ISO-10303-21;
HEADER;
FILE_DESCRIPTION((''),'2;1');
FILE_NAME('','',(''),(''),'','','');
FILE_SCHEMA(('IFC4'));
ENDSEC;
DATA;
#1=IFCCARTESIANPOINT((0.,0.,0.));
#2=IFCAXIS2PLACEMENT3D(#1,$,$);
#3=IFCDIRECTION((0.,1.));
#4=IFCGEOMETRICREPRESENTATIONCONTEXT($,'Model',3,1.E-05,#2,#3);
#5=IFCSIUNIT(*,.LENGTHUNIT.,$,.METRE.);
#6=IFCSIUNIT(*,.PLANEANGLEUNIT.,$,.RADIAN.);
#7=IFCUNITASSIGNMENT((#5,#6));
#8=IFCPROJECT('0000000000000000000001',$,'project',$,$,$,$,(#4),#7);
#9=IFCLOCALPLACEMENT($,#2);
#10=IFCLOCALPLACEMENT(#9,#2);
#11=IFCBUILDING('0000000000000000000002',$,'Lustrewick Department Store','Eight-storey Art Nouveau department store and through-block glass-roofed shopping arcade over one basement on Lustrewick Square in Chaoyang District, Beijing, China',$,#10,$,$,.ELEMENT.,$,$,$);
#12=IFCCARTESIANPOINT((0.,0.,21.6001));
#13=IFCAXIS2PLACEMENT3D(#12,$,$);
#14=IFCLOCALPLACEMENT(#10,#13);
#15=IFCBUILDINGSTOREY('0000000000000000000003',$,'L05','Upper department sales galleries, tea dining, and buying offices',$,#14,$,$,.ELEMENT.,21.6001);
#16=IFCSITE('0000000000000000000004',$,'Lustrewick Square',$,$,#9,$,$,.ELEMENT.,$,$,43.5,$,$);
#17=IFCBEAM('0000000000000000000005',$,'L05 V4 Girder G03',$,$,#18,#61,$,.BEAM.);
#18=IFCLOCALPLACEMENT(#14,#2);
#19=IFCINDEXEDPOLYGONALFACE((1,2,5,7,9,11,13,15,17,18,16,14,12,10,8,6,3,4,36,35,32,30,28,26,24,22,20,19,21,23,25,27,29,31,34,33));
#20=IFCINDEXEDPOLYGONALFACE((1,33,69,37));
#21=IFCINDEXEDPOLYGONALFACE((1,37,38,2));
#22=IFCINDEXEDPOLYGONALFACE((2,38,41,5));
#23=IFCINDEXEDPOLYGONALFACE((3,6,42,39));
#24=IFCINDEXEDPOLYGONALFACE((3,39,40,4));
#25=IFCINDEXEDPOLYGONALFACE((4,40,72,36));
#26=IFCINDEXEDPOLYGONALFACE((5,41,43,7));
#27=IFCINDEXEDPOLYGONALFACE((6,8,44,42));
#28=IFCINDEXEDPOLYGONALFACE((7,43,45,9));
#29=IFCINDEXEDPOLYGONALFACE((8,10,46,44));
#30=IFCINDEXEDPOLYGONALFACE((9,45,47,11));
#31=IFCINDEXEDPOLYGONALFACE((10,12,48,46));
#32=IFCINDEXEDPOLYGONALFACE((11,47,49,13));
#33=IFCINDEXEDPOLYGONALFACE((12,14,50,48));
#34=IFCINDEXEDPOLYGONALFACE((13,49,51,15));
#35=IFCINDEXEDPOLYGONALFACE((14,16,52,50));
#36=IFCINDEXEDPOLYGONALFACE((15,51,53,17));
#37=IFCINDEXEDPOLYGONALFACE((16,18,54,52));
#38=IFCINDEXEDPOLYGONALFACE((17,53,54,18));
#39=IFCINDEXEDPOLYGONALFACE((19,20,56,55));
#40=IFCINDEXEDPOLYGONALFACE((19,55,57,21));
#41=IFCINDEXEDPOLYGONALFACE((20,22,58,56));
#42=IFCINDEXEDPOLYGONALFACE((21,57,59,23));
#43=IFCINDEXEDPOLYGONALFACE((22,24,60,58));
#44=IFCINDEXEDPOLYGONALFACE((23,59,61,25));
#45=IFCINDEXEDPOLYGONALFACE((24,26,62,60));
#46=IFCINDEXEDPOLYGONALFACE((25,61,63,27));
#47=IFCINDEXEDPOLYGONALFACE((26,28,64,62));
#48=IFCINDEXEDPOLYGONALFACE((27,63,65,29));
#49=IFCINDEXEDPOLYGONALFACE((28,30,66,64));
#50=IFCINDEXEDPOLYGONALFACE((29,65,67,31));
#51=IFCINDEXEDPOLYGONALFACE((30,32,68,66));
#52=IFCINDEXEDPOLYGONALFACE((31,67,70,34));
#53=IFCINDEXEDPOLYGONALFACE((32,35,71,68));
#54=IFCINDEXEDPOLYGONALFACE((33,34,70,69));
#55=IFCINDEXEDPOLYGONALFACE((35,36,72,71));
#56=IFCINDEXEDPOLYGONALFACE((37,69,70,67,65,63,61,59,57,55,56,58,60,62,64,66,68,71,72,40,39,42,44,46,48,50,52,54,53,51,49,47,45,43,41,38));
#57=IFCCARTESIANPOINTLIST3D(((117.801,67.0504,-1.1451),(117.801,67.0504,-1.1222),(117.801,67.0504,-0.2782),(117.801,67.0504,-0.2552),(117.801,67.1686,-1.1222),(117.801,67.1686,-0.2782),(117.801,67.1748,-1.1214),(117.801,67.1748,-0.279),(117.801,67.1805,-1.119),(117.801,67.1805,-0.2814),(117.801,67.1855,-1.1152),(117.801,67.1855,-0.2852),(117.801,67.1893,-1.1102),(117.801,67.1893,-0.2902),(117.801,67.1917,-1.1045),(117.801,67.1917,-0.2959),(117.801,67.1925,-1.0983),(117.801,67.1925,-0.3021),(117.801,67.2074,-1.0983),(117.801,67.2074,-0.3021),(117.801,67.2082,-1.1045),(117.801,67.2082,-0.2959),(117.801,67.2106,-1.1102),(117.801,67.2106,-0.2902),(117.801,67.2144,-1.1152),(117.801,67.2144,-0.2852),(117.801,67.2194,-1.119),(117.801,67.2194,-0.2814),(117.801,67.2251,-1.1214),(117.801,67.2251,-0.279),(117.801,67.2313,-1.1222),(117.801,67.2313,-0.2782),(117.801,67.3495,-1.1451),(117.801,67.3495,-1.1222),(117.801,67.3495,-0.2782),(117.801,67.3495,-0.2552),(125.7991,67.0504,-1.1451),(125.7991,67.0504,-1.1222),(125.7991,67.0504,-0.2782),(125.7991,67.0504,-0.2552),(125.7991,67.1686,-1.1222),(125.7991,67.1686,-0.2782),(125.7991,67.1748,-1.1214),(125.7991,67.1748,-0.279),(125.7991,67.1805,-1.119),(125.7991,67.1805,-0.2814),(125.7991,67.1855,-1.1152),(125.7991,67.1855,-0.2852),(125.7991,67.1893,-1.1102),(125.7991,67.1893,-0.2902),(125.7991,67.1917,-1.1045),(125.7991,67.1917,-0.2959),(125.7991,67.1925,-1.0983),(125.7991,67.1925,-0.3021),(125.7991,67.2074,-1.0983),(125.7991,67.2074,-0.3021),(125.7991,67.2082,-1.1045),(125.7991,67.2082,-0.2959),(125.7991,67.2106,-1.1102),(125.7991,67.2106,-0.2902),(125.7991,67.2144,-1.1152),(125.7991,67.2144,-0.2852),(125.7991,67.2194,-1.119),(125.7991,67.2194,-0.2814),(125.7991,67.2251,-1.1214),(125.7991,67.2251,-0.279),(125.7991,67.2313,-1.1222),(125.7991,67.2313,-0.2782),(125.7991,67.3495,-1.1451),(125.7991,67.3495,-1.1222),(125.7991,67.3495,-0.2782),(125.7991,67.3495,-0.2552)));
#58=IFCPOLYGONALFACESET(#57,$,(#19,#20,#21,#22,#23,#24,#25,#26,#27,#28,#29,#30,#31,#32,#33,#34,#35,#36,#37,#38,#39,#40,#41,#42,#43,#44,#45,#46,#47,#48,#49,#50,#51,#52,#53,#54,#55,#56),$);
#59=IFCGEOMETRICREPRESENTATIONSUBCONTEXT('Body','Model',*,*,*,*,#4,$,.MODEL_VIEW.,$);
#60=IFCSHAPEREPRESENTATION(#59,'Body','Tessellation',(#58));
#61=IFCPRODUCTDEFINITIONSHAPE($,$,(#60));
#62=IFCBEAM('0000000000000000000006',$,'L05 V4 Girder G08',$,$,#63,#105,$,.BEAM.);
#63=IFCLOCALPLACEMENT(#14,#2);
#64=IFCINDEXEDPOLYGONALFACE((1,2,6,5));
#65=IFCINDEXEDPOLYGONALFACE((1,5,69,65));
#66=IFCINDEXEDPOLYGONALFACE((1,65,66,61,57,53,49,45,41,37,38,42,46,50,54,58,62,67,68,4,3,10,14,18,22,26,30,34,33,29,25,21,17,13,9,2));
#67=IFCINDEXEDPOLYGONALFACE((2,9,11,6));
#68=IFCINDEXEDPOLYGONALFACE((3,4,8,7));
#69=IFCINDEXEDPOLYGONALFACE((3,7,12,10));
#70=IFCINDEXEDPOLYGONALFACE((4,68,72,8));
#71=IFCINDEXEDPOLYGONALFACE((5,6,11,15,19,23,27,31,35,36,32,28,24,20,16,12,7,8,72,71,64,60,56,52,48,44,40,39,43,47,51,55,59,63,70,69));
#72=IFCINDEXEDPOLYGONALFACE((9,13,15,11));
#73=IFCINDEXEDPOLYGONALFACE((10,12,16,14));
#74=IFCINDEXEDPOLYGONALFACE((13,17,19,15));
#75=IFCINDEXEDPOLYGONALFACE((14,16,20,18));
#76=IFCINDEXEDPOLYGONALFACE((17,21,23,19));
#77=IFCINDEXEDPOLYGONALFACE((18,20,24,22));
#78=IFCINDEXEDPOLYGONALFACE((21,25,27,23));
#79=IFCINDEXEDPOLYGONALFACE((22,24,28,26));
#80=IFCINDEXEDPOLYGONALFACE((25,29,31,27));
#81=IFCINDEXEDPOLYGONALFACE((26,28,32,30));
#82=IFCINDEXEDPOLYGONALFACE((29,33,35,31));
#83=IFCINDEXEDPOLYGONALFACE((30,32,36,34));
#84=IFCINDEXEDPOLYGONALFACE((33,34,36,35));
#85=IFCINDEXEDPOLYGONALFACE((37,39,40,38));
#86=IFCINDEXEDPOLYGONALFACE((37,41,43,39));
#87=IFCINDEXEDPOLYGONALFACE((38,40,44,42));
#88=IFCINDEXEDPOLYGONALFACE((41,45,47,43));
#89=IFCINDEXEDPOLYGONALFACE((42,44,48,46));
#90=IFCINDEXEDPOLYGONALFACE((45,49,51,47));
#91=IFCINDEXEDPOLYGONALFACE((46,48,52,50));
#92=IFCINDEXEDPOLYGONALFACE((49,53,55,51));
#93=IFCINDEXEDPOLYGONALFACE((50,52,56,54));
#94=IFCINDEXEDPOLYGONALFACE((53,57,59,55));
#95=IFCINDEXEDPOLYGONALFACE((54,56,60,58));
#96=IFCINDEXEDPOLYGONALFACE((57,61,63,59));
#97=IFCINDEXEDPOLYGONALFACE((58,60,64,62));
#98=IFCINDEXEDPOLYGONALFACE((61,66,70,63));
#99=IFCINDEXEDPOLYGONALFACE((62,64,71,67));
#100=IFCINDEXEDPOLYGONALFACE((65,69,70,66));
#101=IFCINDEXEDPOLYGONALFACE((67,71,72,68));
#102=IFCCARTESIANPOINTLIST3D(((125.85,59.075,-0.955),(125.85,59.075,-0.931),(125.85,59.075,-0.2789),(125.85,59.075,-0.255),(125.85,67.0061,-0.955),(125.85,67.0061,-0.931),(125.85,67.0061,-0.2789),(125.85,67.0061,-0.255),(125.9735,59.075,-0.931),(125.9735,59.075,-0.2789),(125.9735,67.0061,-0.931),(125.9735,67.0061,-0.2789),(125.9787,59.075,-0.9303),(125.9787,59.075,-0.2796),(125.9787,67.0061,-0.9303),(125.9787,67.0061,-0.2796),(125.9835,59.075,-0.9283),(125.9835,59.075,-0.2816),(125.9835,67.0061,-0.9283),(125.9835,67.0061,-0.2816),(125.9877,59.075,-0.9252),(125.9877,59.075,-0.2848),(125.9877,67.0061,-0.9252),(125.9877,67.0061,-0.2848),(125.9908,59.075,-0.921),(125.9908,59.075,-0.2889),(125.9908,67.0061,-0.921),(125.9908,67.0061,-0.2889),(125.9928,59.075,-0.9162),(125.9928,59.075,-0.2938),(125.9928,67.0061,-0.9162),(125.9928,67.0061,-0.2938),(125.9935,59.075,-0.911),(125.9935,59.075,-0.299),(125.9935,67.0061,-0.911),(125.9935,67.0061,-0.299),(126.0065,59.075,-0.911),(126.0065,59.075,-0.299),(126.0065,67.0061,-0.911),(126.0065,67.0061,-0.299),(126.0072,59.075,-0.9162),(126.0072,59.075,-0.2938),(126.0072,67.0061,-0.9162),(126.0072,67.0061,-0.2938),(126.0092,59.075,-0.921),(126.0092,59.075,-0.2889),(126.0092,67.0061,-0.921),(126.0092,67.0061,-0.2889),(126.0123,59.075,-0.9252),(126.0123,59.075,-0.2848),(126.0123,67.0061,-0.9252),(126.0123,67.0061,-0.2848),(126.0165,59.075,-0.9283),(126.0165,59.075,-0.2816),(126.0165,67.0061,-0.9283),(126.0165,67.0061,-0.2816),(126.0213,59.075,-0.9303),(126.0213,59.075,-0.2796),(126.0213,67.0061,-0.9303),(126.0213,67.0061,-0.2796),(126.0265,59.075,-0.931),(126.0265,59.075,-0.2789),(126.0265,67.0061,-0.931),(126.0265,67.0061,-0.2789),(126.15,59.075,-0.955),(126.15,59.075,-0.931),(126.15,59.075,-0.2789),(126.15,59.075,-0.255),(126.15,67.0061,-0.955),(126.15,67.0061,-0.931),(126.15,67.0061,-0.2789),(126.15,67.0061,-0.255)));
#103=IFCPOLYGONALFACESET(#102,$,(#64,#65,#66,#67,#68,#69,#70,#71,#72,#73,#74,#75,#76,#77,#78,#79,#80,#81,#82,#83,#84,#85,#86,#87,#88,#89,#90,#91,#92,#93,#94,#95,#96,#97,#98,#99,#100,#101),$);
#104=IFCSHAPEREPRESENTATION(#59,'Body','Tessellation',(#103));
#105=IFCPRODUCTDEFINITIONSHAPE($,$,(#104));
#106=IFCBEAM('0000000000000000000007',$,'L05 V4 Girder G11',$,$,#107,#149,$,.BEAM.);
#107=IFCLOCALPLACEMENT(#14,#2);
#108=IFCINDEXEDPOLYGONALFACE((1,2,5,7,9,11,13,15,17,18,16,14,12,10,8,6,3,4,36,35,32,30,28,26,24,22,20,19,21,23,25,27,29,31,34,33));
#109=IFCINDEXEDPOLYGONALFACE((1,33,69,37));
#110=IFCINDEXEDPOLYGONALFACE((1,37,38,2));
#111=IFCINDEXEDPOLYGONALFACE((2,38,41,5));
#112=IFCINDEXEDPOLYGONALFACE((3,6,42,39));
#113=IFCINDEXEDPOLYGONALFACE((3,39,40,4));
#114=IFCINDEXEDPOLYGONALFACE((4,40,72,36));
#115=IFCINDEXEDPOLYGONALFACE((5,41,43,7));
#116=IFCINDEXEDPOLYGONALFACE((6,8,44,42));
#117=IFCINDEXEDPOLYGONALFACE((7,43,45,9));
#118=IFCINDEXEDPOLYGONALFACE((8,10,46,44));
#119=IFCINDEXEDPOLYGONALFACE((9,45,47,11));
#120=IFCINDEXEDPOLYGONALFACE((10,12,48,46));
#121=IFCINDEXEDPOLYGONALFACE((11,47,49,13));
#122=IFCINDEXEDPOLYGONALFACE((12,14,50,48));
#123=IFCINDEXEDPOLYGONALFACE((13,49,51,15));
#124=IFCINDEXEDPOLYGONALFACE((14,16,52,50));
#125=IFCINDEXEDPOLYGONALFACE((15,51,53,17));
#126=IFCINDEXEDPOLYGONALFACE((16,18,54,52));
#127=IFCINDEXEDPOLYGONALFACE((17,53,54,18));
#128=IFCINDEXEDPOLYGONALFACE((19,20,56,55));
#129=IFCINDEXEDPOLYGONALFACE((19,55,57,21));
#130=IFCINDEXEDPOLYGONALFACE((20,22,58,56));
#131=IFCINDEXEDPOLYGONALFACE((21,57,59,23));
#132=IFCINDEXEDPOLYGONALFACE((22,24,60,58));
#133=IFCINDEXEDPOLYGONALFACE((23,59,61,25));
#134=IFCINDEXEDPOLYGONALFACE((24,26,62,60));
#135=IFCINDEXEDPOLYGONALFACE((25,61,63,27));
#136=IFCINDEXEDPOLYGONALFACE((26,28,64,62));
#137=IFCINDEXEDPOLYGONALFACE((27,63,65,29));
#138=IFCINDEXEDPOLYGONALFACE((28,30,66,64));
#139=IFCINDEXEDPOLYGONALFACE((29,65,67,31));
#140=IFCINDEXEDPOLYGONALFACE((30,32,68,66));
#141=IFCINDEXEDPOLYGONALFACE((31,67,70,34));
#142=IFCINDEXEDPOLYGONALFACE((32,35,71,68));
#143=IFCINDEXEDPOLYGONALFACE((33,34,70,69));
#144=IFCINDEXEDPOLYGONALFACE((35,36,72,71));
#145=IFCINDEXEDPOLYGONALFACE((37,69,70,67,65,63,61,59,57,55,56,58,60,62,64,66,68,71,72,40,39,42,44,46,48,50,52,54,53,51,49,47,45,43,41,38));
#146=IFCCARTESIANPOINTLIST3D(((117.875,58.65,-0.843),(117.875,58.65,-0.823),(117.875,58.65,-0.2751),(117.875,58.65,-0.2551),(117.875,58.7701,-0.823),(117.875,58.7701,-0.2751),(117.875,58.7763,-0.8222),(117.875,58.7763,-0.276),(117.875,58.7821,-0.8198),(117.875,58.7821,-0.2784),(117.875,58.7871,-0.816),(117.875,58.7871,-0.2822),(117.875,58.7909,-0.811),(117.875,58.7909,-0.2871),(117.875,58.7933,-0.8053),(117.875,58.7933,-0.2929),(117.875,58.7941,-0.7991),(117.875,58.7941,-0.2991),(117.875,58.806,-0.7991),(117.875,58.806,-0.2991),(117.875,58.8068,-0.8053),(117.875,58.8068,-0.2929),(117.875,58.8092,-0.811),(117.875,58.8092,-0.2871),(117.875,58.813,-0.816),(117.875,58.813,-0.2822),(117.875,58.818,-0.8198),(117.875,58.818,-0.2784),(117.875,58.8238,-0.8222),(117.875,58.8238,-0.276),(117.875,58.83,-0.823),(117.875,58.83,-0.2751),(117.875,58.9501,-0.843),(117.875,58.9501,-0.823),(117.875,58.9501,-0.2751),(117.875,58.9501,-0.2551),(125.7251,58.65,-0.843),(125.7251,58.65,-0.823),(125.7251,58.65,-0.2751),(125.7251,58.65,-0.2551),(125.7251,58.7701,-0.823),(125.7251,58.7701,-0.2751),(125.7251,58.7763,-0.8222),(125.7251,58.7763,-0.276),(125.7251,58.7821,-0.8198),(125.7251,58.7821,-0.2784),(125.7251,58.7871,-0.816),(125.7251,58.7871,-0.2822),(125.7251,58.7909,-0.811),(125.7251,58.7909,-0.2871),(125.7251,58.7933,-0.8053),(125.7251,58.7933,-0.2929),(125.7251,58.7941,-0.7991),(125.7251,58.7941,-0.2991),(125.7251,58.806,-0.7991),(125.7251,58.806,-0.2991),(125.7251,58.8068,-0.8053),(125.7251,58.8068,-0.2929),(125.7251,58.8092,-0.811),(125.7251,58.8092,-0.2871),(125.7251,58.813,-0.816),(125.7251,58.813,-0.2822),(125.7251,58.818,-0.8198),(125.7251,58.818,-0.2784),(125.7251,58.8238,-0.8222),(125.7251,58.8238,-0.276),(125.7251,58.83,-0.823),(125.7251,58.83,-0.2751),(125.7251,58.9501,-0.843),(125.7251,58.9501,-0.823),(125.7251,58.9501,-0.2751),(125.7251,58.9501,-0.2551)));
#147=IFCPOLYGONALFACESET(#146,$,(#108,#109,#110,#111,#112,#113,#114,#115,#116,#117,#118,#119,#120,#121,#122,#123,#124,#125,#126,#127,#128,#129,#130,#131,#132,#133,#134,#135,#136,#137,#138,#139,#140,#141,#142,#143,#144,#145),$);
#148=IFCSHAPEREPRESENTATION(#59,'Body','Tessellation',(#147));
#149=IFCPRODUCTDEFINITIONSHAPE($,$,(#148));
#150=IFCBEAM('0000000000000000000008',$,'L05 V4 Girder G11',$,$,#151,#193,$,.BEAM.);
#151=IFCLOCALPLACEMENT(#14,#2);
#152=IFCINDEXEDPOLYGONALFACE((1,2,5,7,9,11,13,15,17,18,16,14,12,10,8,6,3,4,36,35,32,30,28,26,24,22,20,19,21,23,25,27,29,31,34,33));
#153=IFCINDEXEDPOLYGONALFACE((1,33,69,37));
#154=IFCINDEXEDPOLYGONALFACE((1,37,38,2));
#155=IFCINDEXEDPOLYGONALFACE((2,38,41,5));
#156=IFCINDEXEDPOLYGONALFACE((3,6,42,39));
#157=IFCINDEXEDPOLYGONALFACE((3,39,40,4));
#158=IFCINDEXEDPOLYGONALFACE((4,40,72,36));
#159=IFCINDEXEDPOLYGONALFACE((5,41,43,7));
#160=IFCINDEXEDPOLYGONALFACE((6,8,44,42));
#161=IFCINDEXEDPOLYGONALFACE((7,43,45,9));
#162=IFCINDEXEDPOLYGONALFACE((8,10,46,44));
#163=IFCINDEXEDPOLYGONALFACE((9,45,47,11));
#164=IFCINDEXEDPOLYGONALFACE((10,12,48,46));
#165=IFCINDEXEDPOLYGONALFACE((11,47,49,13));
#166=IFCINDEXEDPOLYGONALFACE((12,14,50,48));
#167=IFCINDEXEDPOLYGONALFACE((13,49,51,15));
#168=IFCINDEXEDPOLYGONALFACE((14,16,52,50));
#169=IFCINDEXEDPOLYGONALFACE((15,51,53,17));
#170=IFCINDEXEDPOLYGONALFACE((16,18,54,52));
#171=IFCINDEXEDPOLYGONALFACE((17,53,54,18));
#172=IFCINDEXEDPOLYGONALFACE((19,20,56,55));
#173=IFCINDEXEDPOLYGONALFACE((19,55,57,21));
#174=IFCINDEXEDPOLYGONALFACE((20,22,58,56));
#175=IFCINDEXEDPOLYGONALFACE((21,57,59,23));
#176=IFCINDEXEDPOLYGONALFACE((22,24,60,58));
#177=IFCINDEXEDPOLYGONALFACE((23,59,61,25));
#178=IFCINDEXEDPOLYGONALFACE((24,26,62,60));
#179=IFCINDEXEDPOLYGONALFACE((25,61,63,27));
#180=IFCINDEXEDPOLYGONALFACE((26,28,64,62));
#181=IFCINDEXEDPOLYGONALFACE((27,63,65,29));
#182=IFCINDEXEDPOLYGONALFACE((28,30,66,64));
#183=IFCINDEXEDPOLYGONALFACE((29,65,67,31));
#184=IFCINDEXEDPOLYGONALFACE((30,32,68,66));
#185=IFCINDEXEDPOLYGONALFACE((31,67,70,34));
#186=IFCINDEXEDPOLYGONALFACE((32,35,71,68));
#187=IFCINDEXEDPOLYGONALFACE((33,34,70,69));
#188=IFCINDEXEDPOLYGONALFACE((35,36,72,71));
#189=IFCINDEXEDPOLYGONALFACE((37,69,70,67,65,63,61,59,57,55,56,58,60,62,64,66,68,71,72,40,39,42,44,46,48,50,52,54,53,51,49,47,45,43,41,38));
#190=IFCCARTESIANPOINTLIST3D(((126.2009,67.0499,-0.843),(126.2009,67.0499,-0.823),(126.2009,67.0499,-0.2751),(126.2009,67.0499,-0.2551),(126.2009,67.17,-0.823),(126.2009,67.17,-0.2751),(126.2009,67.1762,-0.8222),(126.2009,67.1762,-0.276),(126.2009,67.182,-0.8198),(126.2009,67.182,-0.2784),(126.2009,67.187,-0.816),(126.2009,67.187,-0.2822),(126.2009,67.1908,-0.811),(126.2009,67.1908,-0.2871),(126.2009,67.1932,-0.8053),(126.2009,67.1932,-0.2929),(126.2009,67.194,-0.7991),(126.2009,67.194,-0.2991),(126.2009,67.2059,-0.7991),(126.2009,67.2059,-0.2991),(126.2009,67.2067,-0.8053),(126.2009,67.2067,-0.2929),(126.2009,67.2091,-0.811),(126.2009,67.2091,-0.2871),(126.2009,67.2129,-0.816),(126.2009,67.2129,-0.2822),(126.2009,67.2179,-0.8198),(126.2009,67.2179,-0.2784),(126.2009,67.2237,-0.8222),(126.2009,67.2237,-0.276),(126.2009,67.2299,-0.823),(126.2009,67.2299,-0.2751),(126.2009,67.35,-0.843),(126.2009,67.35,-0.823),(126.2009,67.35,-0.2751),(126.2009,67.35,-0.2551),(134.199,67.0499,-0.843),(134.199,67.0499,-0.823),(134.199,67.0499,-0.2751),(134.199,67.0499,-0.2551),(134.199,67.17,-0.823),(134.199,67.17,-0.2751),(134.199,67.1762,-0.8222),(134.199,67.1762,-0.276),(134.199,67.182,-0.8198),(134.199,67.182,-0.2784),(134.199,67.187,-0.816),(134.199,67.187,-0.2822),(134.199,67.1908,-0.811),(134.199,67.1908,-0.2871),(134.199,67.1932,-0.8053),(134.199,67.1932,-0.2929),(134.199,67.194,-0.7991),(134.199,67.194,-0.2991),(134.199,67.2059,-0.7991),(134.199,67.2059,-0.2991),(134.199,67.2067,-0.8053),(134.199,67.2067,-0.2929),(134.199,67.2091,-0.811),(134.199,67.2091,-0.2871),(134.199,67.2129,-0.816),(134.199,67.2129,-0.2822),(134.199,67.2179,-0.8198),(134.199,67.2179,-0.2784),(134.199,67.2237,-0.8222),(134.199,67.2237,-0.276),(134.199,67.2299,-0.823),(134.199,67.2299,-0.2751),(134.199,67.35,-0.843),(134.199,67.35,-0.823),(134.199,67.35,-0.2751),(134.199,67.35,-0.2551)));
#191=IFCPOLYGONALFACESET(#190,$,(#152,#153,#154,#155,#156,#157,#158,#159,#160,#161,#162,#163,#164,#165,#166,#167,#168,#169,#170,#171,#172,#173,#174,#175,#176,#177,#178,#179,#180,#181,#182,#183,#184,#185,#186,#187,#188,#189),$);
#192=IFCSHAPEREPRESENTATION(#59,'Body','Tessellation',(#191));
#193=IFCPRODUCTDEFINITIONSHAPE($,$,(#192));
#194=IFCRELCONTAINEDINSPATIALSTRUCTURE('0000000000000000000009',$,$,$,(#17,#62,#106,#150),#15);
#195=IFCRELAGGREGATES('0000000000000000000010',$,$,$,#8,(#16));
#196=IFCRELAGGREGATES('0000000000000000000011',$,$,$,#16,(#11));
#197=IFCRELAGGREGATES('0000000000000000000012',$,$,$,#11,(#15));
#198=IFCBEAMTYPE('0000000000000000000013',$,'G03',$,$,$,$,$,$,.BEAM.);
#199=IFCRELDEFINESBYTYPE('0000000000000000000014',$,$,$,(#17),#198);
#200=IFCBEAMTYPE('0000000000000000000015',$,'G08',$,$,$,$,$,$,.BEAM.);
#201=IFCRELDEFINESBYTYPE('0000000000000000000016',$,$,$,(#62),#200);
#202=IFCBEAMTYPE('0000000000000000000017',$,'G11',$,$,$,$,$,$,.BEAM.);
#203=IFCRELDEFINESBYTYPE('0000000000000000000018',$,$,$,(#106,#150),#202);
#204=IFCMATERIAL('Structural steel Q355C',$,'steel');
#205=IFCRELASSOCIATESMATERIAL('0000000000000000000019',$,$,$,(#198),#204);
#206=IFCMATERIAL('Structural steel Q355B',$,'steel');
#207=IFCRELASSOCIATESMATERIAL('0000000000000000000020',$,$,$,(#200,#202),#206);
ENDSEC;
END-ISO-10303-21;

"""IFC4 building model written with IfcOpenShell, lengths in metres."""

from ifc_helpers import new_model, si_unit, direction, frame, origin, origin_2d, place, context, subcontext, project, spatial, i_section, extrude, material, material_profile, profile_set, type_object, element, save


model = new_model("IFC4")

# Units and contexts
model_context = context("Model", 3, precision=1e-05, world=origin(), true_north=direction((0.0, 1.0)))
body_context = subcontext(model_context, "Body", "Model", "MODEL_VIEW")
ifc_project = project(units=[si_unit("LENGTHUNIT", "METRE"), si_unit("PLANEANGLEUNIT", "RADIAN")], contexts=[model_context])

# Site, building, storey
site_placement = place(None, origin())
site = spatial("IfcSite", under=ifc_project, at=site_placement, Name="Lustrewick Square", CompositionType="ELEMENT", RefElevation=43.5)
building_placement = place(site_placement, origin())
building = spatial("IfcBuilding", under=site, at=building_placement, Name="Lustrewick Department Store", Description="Eight-storey Art Nouveau department store and through-block glass-roofed shopping arcade over one basement on Lustrewick Square in Chaoyang District, Beijing, China", CompositionType="ELEMENT")
storey_placement = place(building_placement, frame((0.0, 0.0, 21.6001)))
storey = spatial("IfcBuildingStorey", under=building, at=storey_placement, Name="L05", Description="Upper department sales galleries, tea dining, and buying offices", CompositionType="ELEMENT", Elevation=21.6001)

# Shared definitions
ifc_material_1 = material(Name="Structural steel Q355B", Category="steel")

# Shared definitions
ifc_material_2 = material(Name="Structural steel Q355C", Category="steel")

# Beams
ifc_material_profile_1 = material_profile(ifc_material_2, i_section(OverallWidth=0.2991, OverallDepth=0.8899, WebThickness=0.0149, FlangeThickness=0.0229, FilletRadius=0.0239, at=origin_2d()), Name="HN 890x299x15x23")
ifc_profile_set_1 = profile_set([ifc_material_profile_1], Name="Structural steel Q355C")
beam_type_1 = type_object("IfcBeamType", Name="G03", PredefinedType="BEAM", material=ifc_profile_set_1)
beam_1_placement = place(storey_placement, frame((117.801, 67.2, -0.7002), z_axis=(1.0, 0.0, 0.0), x_axis=(0.0, 1.0, 0.0)))
element("IfcBeam", 1, at=beam_1_placement, inside=storey, type_object=beam_type_1, Name="L05 V4 Girder G03", PredefinedType="BEAM", context=body_context, shape_type="SweptSolid", body=[
    extrude(i_section(OverallWidth=0.2991, OverallDepth=0.8899, WebThickness=0.0149, FlangeThickness=0.0229, FilletRadius=0.0239, at=origin_2d()), origin(), (0.0, 0.0, 1.0), 7.998),
])
ifc_material_profile_2 = material_profile(ifc_material_1, i_section(OverallWidth=0.3, OverallDepth=0.7, WebThickness=0.0129, FlangeThickness=0.0239, FilletRadius=0.02, at=origin_2d()), Name="HN 700x300x13x24")
ifc_profile_set_2 = profile_set([ifc_material_profile_2], Name="Structural steel Q355B")
beam_type_2 = type_object("IfcBeamType", Name="G08", PredefinedType="BEAM", material=ifc_profile_set_2)
beam_2_placement = place(storey_placement, frame((126.0, 59.075, -0.605), z_axis=(0.0, 1.0, 0.0), x_axis=(-1.0, 0.0, 0.0)))
element("IfcBeam", 2, at=beam_2_placement, inside=storey, type_object=beam_type_2, Name="L05 V4 Girder G08", PredefinedType="BEAM", context=body_context, shape_type="SweptSolid", body=[
    extrude(i_section(OverallWidth=0.3, OverallDepth=0.7, WebThickness=0.0129, FlangeThickness=0.0239, FilletRadius=0.02, at=origin_2d()), origin(), (0.0, 0.0, 1.0), 7.9312),
])
ifc_material_profile_3 = material_profile(ifc_material_1, i_section(OverallWidth=0.3, OverallDepth=0.5879, WebThickness=0.012, FlangeThickness=0.02, FilletRadius=0.0239, at=origin_2d()), Name="HM 588x300x12x20")
ifc_profile_set_3 = profile_set([ifc_material_profile_3], Name="Structural steel Q355B")
beam_type_3 = type_object("IfcBeamType", Name="G11", PredefinedType="BEAM", material=ifc_profile_set_3)
beam_3_placement = place(storey_placement, frame((117.875, 58.8, -0.5491), z_axis=(1.0, 0.0, 0.0), x_axis=(0.0, 1.0, 0.0)))
element("IfcBeam", 3, at=beam_3_placement, inside=storey, type_object=beam_type_3, Name="L05 V4 Girder G11", PredefinedType="BEAM", context=body_context, shape_type="SweptSolid", body=[
    extrude(i_section(OverallWidth=0.3, OverallDepth=0.5879, WebThickness=0.012, FlangeThickness=0.02, FilletRadius=0.0239, at=origin_2d()), origin(), (0.0, 0.0, 1.0), 7.8501),
])
beam_4_placement = place(storey_placement, frame((126.2009, 67.2, -0.5491), z_axis=(1.0, 0.0, 0.0), x_axis=(0.0, 1.0, 0.0)))
element("IfcBeam", 4, at=beam_4_placement, inside=storey, type_object=beam_type_3, Name="L05 V4 Girder G11", PredefinedType="BEAM", context=body_context, shape_type="SweptSolid", body=[
    extrude(i_section(OverallWidth=0.3, OverallDepth=0.5879, WebThickness=0.012, FlangeThickness=0.02, FilletRadius=0.0239, at=origin_2d()), origin(), (0.0, 0.0, 1.0), 7.998),
])

save(model, "model.ifc")
